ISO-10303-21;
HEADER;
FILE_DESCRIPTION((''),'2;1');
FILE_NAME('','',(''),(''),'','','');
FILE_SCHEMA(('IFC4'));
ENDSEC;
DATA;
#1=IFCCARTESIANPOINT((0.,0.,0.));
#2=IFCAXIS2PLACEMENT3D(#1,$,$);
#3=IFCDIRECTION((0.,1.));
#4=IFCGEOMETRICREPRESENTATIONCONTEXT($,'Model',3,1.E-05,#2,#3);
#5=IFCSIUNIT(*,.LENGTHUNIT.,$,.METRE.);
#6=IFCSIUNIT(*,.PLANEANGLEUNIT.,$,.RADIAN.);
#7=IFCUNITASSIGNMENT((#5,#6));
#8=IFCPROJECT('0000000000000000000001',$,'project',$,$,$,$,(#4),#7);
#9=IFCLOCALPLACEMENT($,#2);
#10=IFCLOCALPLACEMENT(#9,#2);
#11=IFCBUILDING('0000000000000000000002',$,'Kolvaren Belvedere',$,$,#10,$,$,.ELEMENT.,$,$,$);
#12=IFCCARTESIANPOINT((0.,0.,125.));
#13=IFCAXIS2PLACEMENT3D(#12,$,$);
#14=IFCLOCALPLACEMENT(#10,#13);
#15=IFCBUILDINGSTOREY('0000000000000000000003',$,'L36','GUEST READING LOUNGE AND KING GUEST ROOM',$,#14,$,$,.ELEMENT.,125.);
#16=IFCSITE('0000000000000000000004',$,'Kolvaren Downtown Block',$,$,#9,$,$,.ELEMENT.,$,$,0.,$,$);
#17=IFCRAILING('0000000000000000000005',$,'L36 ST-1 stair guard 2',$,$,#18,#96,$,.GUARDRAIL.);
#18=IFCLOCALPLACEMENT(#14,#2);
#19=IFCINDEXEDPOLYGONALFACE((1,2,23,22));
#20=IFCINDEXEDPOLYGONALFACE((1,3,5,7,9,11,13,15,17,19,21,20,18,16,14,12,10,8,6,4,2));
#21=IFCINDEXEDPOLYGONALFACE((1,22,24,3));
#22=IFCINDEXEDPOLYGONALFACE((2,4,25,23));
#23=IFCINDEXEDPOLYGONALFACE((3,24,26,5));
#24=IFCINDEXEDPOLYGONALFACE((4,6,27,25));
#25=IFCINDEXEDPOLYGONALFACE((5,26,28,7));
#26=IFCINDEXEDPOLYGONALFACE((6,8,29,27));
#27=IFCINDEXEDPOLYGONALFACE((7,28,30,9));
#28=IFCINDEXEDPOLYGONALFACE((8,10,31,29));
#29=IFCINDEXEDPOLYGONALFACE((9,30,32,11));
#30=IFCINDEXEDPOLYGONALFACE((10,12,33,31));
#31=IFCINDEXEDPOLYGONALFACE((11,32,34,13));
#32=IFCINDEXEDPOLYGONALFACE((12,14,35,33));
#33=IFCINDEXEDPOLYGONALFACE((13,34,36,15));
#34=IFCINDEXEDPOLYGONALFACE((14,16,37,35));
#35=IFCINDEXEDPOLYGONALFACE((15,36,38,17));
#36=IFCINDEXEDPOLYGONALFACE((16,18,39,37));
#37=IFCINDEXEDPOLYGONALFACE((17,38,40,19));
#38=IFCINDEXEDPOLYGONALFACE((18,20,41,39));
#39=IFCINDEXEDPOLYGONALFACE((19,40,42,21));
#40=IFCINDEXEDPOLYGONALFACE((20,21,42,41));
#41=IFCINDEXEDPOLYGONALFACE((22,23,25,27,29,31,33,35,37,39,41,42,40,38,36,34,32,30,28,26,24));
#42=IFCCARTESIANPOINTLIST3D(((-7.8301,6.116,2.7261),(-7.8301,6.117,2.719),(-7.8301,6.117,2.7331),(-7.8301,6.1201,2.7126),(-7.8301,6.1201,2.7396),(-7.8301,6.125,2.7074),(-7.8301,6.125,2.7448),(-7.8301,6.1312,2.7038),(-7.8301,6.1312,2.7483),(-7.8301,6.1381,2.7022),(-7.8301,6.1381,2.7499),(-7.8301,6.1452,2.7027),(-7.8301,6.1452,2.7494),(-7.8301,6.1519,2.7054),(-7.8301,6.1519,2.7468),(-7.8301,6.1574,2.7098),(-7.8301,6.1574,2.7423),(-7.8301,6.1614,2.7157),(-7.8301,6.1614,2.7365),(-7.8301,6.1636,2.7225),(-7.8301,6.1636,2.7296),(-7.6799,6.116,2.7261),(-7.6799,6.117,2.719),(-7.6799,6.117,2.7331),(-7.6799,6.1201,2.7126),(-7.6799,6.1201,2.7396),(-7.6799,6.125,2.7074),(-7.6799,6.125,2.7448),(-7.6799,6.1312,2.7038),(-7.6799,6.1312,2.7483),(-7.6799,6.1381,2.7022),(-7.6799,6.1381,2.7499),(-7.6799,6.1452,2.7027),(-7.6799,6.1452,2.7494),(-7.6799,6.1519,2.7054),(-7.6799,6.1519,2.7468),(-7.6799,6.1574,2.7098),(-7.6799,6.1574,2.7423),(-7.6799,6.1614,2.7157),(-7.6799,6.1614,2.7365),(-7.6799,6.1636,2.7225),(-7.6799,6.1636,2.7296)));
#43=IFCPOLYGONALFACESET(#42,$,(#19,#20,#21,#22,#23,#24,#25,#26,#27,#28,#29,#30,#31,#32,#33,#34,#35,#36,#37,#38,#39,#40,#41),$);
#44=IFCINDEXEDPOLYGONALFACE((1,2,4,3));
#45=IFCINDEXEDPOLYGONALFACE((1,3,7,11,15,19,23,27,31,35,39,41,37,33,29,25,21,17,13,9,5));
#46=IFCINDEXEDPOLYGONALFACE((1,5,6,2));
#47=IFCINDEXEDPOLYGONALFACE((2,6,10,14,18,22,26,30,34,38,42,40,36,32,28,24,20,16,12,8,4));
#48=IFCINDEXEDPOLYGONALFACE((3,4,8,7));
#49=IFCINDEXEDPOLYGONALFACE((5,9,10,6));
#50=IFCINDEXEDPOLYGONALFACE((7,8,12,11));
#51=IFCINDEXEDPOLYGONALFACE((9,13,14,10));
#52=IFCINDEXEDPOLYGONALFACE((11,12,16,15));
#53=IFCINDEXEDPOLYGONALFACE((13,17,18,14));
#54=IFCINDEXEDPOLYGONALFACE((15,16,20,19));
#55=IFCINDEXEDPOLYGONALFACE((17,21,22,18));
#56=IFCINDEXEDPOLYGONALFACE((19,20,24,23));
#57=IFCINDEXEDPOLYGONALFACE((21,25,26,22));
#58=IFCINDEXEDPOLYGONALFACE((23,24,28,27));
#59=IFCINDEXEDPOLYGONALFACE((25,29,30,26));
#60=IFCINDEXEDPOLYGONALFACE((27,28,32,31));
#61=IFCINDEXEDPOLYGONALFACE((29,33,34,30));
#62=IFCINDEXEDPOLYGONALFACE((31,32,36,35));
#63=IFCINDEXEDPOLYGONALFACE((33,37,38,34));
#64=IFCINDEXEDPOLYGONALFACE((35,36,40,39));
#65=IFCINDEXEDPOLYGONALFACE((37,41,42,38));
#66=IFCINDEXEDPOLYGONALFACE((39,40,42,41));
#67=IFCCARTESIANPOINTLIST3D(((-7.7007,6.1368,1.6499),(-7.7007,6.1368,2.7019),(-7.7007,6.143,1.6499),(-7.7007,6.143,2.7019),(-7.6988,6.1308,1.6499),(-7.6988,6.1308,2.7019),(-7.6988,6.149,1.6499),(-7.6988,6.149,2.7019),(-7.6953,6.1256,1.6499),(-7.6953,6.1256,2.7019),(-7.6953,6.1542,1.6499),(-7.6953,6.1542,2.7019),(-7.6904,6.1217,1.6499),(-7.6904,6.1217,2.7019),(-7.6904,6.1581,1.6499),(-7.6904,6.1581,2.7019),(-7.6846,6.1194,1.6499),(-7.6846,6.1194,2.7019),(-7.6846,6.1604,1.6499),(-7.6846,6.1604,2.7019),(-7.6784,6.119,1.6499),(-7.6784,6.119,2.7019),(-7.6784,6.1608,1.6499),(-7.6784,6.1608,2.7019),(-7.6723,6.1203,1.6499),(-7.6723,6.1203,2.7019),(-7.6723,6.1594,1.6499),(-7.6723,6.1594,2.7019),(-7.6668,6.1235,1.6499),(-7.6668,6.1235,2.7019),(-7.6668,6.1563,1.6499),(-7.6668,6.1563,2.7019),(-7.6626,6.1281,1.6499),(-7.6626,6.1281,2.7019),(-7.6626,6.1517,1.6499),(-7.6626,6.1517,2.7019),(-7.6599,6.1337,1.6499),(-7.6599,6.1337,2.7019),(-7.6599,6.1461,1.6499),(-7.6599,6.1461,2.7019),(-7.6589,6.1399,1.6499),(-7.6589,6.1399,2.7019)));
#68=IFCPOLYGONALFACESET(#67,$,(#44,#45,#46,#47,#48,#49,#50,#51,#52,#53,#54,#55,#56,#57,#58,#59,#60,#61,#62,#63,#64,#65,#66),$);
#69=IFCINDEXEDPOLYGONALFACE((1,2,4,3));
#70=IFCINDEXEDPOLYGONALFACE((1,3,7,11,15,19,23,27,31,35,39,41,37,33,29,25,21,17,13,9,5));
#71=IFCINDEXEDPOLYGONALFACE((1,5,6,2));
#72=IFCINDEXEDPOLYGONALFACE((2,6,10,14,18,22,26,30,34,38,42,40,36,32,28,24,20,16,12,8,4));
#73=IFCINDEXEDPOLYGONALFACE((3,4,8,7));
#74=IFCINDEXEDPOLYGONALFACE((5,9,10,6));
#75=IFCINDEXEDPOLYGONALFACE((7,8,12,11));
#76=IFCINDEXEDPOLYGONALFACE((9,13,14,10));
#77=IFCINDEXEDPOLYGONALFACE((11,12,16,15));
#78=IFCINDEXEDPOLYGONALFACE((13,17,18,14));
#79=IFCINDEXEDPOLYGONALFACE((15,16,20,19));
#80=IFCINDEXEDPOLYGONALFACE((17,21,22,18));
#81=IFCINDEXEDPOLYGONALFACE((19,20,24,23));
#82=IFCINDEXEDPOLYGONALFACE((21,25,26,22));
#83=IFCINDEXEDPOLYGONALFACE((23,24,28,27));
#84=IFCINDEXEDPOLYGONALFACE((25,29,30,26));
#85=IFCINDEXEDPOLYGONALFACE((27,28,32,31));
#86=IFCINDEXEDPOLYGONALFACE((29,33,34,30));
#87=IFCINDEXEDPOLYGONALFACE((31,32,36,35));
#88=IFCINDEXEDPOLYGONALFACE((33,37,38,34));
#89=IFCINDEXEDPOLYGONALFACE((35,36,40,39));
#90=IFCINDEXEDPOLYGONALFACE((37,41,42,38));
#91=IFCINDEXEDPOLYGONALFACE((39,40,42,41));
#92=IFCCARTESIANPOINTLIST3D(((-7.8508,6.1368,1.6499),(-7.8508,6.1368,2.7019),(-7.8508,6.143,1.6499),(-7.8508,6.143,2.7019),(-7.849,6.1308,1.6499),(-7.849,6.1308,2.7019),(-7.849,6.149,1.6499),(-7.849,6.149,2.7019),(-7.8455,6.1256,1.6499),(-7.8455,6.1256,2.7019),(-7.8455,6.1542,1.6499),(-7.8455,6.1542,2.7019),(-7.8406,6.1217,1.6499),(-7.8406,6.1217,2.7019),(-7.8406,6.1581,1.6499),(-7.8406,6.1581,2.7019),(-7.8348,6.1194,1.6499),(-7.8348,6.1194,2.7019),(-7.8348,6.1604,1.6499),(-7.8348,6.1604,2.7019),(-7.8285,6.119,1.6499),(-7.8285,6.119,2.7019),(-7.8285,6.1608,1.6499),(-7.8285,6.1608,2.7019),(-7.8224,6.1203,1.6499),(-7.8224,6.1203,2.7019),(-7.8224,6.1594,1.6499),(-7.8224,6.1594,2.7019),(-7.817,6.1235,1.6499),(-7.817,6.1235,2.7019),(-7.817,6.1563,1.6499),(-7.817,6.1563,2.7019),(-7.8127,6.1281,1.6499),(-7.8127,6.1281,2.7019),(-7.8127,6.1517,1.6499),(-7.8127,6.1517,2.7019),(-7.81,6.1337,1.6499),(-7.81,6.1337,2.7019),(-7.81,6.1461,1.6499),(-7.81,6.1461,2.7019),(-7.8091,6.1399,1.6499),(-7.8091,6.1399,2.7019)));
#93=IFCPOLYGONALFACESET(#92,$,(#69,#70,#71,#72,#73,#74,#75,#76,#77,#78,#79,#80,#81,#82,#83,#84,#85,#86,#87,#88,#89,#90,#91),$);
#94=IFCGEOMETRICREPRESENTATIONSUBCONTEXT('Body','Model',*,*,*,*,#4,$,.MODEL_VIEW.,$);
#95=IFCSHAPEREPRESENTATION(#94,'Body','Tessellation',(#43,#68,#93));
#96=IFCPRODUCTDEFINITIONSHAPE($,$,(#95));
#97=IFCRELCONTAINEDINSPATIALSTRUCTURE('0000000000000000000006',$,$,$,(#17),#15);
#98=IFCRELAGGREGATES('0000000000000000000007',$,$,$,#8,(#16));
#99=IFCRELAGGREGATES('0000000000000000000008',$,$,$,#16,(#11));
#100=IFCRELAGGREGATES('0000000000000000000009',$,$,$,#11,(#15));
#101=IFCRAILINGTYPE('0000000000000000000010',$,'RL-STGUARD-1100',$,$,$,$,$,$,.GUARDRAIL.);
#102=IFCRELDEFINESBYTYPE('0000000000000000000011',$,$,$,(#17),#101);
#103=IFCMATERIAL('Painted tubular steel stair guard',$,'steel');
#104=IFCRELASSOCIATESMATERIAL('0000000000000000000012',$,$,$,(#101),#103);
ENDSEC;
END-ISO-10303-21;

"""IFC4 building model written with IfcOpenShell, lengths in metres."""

from ifc_helpers import new_model, si_unit, direction, frame, origin, origin_2d, place, context, subcontext, project, spatial, circle, extrude, material, type_object, element, save


model = new_model("IFC4")

# Units and contexts
model_context = context("Model", 3, precision=1e-05, world=origin(), true_north=direction((0.0, 1.0)))
body_context = subcontext(model_context, "Body", "Model", "MODEL_VIEW")
ifc_project = project(units=[si_unit("LENGTHUNIT", "METRE"), si_unit("PLANEANGLEUNIT", "RADIAN")], contexts=[model_context])

# Site, building, storey
site_placement = place(None, origin())
site = spatial("IfcSite", under=ifc_project, at=site_placement, Name="Kolvaren Downtown Block", CompositionType="ELEMENT", RefElevation=0.0)
building_placement = place(site_placement, origin())
building = spatial("IfcBuilding", under=site, at=building_placement, Name="Kolvaren Belvedere", CompositionType="ELEMENT")
storey_placement = place(building_placement, frame((0.0, 0.0, 125.0)))
storey = spatial("IfcBuildingStorey", under=building, at=storey_placement, Name="L36", Description="GUEST READING LOUNGE AND KING GUEST ROOM", CompositionType="ELEMENT", Elevation=125.0)

# Railing
ifc_material_1 = material(Name="Painted tubular steel stair guard", Category="steel")
railing_type_1 = type_object("IfcRailingType", Name="RL-STGUARD-1100", PredefinedType="GUARDRAIL", material=ifc_material_1)
railing_1_placement = place(storey_placement, frame((-7.6799, 6.1399, 1.6499)))
element("IfcRailing", 1, at=railing_1_placement, inside=storey, type_object=railing_type_1, Name="L36 ST-1 stair guard 2", PredefinedType="GUARDRAIL", context=body_context, shape_type="SweptSolid", body=[
    extrude(circle(Radius=0.0239, at=origin_2d()), frame((0.0, 0.0, 1.0762), z_axis=(-1.0, 0.0, 0.0), x_axis=(0.0, -1.0, 0.0)), (0.0, 0.0, 1.0), 0.1501),
    extrude(circle(Radius=0.021, at=origin_2d()), origin(), (0.0, 0.0, 1.0), 1.052),
    extrude(circle(Radius=0.021, at=origin_2d()), frame((-0.1501, 0.0, 0.0)), (0.0, 0.0, 1.0), 1.052),
])

save(model, "model.ifc")
